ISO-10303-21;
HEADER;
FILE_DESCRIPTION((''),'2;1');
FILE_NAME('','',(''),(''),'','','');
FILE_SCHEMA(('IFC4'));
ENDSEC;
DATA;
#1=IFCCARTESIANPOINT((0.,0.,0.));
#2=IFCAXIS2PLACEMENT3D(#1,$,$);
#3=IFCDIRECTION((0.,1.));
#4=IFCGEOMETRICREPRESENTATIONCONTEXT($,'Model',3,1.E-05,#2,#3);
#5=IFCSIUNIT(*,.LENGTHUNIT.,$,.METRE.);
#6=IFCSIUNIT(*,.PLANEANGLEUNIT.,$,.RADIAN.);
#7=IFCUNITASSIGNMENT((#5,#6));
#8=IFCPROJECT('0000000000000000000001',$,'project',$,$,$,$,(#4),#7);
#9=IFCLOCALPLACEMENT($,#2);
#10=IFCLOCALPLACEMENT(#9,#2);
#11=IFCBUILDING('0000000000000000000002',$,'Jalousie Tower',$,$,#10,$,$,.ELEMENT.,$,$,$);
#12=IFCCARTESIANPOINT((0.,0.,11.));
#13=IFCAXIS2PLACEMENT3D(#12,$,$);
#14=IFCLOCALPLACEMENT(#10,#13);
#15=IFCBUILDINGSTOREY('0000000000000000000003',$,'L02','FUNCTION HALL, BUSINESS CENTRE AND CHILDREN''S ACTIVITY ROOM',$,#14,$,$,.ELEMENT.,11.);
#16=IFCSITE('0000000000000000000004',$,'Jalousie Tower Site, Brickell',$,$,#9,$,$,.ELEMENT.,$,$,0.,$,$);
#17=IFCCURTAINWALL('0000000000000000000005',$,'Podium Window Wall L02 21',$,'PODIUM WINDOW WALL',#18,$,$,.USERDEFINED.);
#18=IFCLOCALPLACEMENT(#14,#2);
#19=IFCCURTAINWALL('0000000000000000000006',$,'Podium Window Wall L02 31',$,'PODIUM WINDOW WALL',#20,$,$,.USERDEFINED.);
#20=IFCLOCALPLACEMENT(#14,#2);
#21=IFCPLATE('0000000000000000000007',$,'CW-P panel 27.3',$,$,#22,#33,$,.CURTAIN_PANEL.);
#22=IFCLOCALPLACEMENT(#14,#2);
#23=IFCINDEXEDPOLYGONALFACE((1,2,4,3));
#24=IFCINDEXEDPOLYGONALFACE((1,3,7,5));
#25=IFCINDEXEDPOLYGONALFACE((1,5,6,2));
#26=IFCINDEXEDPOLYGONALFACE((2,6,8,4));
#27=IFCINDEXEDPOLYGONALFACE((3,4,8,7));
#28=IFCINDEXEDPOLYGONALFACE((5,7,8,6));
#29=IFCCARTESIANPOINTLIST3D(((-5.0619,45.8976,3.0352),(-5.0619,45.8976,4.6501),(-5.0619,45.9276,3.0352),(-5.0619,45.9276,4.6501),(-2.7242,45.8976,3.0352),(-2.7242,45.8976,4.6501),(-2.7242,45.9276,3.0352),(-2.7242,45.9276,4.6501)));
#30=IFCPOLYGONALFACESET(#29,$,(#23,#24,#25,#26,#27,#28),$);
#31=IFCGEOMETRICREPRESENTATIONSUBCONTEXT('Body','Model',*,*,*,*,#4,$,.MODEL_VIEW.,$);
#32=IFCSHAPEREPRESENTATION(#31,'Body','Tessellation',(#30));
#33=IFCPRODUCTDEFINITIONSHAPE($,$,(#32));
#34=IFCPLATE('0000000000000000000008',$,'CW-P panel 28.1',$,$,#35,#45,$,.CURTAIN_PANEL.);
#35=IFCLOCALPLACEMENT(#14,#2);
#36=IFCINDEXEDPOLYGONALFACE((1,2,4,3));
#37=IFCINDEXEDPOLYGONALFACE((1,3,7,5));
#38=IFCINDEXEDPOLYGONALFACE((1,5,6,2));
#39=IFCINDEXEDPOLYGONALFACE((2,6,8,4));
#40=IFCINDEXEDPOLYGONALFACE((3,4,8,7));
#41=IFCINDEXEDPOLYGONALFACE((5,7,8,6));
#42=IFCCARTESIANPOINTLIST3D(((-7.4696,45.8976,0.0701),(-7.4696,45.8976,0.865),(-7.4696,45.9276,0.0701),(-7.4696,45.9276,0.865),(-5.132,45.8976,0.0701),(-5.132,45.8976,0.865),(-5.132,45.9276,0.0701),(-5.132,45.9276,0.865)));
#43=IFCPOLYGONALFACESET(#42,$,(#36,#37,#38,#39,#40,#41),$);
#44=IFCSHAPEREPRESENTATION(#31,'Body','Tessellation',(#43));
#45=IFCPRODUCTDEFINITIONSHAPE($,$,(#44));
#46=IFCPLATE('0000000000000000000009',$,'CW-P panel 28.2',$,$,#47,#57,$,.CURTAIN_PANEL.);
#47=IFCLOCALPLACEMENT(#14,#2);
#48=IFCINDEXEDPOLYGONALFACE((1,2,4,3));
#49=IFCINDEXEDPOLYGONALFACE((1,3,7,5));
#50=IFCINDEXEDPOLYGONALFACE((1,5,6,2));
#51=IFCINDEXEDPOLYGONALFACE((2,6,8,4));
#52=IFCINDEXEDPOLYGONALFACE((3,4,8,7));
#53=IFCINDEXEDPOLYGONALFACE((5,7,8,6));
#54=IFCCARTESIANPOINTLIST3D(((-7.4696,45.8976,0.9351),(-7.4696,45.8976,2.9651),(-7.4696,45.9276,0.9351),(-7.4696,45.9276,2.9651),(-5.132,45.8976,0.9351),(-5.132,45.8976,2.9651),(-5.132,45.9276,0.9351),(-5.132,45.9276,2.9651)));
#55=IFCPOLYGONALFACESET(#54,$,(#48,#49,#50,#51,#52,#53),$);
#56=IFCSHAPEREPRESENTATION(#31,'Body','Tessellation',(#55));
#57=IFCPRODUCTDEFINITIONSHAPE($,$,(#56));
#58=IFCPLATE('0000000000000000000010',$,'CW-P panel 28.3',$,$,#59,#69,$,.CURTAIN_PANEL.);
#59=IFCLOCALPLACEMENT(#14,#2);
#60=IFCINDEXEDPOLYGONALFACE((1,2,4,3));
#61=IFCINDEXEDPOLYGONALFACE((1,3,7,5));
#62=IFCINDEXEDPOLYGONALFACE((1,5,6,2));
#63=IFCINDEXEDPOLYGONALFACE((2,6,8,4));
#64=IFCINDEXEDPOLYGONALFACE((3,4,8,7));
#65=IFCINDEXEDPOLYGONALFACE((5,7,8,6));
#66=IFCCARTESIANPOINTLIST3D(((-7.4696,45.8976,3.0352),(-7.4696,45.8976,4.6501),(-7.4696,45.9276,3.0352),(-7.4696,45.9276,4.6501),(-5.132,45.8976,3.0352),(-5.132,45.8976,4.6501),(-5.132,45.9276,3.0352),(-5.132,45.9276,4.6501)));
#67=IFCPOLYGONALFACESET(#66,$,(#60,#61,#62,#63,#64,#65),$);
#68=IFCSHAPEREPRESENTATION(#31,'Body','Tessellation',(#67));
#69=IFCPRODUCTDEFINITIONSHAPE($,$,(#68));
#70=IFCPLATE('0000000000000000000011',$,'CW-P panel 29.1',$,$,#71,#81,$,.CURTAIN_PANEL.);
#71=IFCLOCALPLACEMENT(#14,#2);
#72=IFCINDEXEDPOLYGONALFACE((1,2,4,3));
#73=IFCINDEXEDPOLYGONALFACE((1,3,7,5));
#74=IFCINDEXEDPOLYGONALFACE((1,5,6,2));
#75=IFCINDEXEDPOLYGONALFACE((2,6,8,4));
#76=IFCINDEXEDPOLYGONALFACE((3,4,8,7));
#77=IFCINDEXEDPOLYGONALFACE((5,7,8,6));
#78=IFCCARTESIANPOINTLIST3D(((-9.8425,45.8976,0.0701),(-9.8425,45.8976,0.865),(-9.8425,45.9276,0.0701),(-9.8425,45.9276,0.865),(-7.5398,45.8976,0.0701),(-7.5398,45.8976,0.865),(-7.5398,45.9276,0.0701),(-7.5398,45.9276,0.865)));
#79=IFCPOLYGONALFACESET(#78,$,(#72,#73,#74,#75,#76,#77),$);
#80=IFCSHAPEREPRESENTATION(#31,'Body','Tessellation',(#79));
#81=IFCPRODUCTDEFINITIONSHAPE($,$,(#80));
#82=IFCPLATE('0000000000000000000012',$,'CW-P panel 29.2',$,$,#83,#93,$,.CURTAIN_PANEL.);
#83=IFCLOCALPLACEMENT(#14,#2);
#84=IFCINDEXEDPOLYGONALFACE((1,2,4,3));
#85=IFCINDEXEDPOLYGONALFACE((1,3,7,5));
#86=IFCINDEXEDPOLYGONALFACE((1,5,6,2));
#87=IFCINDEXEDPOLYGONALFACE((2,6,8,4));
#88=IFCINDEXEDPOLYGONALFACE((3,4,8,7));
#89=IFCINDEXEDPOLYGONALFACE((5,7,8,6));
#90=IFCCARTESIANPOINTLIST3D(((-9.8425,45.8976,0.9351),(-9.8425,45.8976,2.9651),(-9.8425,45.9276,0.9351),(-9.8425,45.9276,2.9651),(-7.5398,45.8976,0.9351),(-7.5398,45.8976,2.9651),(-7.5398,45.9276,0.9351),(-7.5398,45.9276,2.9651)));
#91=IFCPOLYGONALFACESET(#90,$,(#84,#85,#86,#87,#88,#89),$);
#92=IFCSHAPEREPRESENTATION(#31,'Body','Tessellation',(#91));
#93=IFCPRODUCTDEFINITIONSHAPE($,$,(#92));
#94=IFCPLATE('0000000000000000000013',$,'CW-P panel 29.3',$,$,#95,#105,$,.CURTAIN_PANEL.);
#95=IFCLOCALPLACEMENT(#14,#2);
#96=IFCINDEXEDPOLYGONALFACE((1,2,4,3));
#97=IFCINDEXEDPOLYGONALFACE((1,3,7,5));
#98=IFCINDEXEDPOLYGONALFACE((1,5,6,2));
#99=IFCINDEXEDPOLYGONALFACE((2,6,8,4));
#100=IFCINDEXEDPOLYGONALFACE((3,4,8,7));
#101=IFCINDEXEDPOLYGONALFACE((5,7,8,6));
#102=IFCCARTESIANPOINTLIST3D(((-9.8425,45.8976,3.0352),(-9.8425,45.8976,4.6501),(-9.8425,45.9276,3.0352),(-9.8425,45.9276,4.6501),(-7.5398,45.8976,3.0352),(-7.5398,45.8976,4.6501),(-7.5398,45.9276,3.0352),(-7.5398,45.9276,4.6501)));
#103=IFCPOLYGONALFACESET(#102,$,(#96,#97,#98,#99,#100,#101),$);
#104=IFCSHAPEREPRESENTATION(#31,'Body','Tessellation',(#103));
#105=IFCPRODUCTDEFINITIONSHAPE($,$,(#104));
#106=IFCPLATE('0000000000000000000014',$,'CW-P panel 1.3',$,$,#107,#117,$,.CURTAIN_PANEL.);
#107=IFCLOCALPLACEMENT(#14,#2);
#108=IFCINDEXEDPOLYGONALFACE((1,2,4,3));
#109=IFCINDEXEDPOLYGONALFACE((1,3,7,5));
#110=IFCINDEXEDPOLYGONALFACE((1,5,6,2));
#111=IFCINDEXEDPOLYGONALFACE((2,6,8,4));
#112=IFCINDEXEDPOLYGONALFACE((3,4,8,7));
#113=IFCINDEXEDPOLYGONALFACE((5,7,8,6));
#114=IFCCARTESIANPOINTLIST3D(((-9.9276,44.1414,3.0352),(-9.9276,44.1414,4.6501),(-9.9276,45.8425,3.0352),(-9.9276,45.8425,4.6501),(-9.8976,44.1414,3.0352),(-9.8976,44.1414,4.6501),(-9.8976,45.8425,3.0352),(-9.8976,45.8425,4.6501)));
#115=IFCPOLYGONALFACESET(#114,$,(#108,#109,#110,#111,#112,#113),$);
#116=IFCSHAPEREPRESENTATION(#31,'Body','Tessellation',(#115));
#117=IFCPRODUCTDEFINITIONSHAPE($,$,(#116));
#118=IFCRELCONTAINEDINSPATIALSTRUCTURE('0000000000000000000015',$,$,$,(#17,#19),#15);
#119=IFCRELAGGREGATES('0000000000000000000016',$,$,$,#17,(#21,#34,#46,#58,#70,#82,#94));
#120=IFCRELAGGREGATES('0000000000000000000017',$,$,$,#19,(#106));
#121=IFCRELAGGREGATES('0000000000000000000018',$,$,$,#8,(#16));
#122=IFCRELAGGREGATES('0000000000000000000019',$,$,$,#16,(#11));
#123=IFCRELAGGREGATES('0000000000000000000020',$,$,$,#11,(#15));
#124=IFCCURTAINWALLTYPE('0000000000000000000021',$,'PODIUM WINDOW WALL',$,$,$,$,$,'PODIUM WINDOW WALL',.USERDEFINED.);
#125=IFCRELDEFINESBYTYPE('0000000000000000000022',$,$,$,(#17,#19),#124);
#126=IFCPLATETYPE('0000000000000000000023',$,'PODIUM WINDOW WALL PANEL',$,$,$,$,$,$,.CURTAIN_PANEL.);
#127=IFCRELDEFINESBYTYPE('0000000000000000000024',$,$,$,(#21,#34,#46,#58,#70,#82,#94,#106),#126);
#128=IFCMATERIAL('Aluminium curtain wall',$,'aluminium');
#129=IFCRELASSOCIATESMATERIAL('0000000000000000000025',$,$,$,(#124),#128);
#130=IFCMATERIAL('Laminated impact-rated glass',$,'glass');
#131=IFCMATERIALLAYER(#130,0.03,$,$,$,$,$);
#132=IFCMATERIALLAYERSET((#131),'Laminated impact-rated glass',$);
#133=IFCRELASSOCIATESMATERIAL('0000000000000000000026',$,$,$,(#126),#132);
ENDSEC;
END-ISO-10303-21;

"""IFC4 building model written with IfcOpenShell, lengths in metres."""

from ifc_helpers import new_model, si_unit, direction, frame, origin, origin_2d, place, context, subcontext, project, spatial, rectangle, extrude, material, layer, layer_set, type_object, element, aggregate, save


model = new_model("IFC4")

# Units and contexts
model_context = context("Model", 3, precision=1e-05, world=origin(), true_north=direction((0.0, 1.0)))
body_context = subcontext(model_context, "Body", "Model", "MODEL_VIEW")
ifc_project = project(units=[si_unit("LENGTHUNIT", "METRE"), si_unit("PLANEANGLEUNIT", "RADIAN")], contexts=[model_context])

# Site, building, storey
site_placement = place(None, origin())
site = spatial("IfcSite", under=ifc_project, at=site_placement, Name="Jalousie Tower Site, Brickell", CompositionType="ELEMENT", RefElevation=0.0)
building_placement = place(site_placement, origin())
building = spatial("IfcBuilding", under=site, at=building_placement, Name="Jalousie Tower", CompositionType="ELEMENT")
storey_placement = place(building_placement, frame((0.0, 0.0, 11.0)))
storey = spatial("IfcBuildingStorey", under=building, at=storey_placement, Name="L02", Description="FUNCTION HALL, BUSINESS CENTRE AND CHILDREN'S ACTIVITY ROOM", CompositionType="ELEMENT", Elevation=11.0)

# Curtain wall
ifc_material_1 = material(Name="Aluminium curtain wall", Category="aluminium")
curtain_wall_type = type_object("IfcCurtainWallType", Name="PODIUM WINDOW WALL", ElementType="PODIUM WINDOW WALL", PredefinedType="USERDEFINED", material=ifc_material_1)
curtain_wall_1_placement = place(storey_placement, origin())
curtain_wall_1 = element("IfcCurtainWall", 1, at=curtain_wall_1_placement, inside=storey, type_object=curtain_wall_type, Name="Podium Window Wall L02 21", ObjectType="PODIUM WINDOW WALL", PredefinedType="USERDEFINED")

# Curtain wall
curtain_wall_2_placement = place(storey_placement, origin())
curtain_wall_2 = element("IfcCurtainWall", 2, at=curtain_wall_2_placement, inside=storey, type_object=curtain_wall_type, Name="Podium Window Wall L02 31", ObjectType="PODIUM WINDOW WALL", PredefinedType="USERDEFINED")

# Plates
ifc_material_2 = material(Name="Laminated impact-rated glass", Category="glass")
ifc_layer = layer(ifc_material_2, 0.03)
ifc_layer_set = layer_set([ifc_layer], Name="Laminated impact-rated glass")
plate_type = type_object("IfcPlateType", Name="PODIUM WINDOW WALL PANEL", PredefinedType="CURTAIN_PANEL", material=ifc_layer_set)
plate_1_placement = place(storey_placement, frame((-3.8931, 45.9126, 3.0352), z_axis=(0.0, 0.0, 1.0), x_axis=(-1.0, 0.0, 0.0)))
plate_1 = element("IfcPlate", 3, at=plate_1_placement, type_object=plate_type, Name="CW-P panel 27.3", PredefinedType="CURTAIN_PANEL", context=body_context, shape_type="SweptSolid", body=[
    extrude(rectangle(XDim=2.3376, YDim=0.03, at=origin_2d()), origin(), (0.0, 0.0, 1.0), 1.615),
])
plate_2_placement = place(storey_placement, frame((-6.3008, 45.9126, 0.0701), z_axis=(0.0, 0.0, 1.0), x_axis=(-1.0, 0.0, 0.0)))
plate_2 = element("IfcPlate", 4, at=plate_2_placement, type_object=plate_type, Name="CW-P panel 28.1", PredefinedType="CURTAIN_PANEL", context=body_context, shape_type="SweptSolid", body=[
    extrude(rectangle(XDim=2.3376, YDim=0.03, at=origin_2d()), origin(), (0.0, 0.0, 1.0), 0.7949),
])
plate_3_placement = place(storey_placement, frame((-6.3008, 45.9126, 0.9351), z_axis=(0.0, 0.0, 1.0), x_axis=(-1.0, 0.0, 0.0)))
plate_3 = element("IfcPlate", 5, at=plate_3_placement, type_object=plate_type, Name="CW-P panel 28.2", PredefinedType="CURTAIN_PANEL", context=body_context, shape_type="SweptSolid", body=[
    extrude(rectangle(XDim=2.3376, YDim=0.03, at=origin_2d()), origin(), (0.0, 0.0, 1.0), 2.03),
])
plate_4_placement = place(storey_placement, frame((-6.3008, 45.9126, 3.0352), z_axis=(0.0, 0.0, 1.0), x_axis=(-1.0, 0.0, 0.0)))
plate_4 = element("IfcPlate", 6, at=plate_4_placement, type_object=plate_type, Name="CW-P panel 28.3", PredefinedType="CURTAIN_PANEL", context=body_context, shape_type="SweptSolid", body=[
    extrude(rectangle(XDim=2.3376, YDim=0.03, at=origin_2d()), origin(), (0.0, 0.0, 1.0), 1.615),
])
plate_5_placement = place(storey_placement, frame((-8.6912, 45.9126, 0.0701), z_axis=(0.0, 0.0, 1.0), x_axis=(-1.0, 0.0, 0.0)))
plate_5 = element("IfcPlate", 7, at=plate_5_placement, type_object=plate_type, Name="CW-P panel 29.1", PredefinedType="CURTAIN_PANEL", context=body_context, shape_type="SweptSolid", body=[
    extrude(rectangle(XDim=2.3027, YDim=0.03, at=origin_2d()), origin(), (0.0, 0.0, 1.0), 0.7949),
])
plate_6_placement = place(storey_placement, frame((-8.6912, 45.9126, 0.9351), z_axis=(0.0, 0.0, 1.0), x_axis=(-1.0, 0.0, 0.0)))
plate_6 = element("IfcPlate", 8, at=plate_6_placement, type_object=plate_type, Name="CW-P panel 29.2", PredefinedType="CURTAIN_PANEL", context=body_context, shape_type="SweptSolid", body=[
    extrude(rectangle(XDim=2.3027, YDim=0.03, at=origin_2d()), origin(), (0.0, 0.0, 1.0), 2.03),
])
plate_7_placement = place(storey_placement, frame((-8.6912, 45.9126, 3.0352), z_axis=(0.0, 0.0, 1.0), x_axis=(-1.0, 0.0, 0.0)))
plate_7 = element("IfcPlate", 9, at=plate_7_placement, type_object=plate_type, Name="CW-P panel 29.3", PredefinedType="CURTAIN_PANEL", context=body_context, shape_type="SweptSolid", body=[
    extrude(rectangle(XDim=2.3027, YDim=0.03, at=origin_2d()), origin(), (0.0, 0.0, 1.0), 1.615),
])
aggregate(curtain_wall_1, [plate_1, plate_2, plate_3, plate_4, plate_5, plate_6, plate_7])
plate_8_placement = place(storey_placement, frame((-9.9126, 44.9919, 3.0352), z_axis=(0.0, 0.0, 1.0), x_axis=(0.0, -1.0, 0.0)))
plate_8 = element("IfcPlate", 10, at=plate_8_placement, type_object=plate_type, Name="CW-P panel 1.3", PredefinedType="CURTAIN_PANEL", context=body_context, shape_type="SweptSolid", body=[
    extrude(rectangle(XDim=1.7012, YDim=0.03, at=origin_2d()), origin(), (0.0, 0.0, 1.0), 1.615),
])
aggregate(curtain_wall_2, [plate_8])

save(model, "model.ifc")
